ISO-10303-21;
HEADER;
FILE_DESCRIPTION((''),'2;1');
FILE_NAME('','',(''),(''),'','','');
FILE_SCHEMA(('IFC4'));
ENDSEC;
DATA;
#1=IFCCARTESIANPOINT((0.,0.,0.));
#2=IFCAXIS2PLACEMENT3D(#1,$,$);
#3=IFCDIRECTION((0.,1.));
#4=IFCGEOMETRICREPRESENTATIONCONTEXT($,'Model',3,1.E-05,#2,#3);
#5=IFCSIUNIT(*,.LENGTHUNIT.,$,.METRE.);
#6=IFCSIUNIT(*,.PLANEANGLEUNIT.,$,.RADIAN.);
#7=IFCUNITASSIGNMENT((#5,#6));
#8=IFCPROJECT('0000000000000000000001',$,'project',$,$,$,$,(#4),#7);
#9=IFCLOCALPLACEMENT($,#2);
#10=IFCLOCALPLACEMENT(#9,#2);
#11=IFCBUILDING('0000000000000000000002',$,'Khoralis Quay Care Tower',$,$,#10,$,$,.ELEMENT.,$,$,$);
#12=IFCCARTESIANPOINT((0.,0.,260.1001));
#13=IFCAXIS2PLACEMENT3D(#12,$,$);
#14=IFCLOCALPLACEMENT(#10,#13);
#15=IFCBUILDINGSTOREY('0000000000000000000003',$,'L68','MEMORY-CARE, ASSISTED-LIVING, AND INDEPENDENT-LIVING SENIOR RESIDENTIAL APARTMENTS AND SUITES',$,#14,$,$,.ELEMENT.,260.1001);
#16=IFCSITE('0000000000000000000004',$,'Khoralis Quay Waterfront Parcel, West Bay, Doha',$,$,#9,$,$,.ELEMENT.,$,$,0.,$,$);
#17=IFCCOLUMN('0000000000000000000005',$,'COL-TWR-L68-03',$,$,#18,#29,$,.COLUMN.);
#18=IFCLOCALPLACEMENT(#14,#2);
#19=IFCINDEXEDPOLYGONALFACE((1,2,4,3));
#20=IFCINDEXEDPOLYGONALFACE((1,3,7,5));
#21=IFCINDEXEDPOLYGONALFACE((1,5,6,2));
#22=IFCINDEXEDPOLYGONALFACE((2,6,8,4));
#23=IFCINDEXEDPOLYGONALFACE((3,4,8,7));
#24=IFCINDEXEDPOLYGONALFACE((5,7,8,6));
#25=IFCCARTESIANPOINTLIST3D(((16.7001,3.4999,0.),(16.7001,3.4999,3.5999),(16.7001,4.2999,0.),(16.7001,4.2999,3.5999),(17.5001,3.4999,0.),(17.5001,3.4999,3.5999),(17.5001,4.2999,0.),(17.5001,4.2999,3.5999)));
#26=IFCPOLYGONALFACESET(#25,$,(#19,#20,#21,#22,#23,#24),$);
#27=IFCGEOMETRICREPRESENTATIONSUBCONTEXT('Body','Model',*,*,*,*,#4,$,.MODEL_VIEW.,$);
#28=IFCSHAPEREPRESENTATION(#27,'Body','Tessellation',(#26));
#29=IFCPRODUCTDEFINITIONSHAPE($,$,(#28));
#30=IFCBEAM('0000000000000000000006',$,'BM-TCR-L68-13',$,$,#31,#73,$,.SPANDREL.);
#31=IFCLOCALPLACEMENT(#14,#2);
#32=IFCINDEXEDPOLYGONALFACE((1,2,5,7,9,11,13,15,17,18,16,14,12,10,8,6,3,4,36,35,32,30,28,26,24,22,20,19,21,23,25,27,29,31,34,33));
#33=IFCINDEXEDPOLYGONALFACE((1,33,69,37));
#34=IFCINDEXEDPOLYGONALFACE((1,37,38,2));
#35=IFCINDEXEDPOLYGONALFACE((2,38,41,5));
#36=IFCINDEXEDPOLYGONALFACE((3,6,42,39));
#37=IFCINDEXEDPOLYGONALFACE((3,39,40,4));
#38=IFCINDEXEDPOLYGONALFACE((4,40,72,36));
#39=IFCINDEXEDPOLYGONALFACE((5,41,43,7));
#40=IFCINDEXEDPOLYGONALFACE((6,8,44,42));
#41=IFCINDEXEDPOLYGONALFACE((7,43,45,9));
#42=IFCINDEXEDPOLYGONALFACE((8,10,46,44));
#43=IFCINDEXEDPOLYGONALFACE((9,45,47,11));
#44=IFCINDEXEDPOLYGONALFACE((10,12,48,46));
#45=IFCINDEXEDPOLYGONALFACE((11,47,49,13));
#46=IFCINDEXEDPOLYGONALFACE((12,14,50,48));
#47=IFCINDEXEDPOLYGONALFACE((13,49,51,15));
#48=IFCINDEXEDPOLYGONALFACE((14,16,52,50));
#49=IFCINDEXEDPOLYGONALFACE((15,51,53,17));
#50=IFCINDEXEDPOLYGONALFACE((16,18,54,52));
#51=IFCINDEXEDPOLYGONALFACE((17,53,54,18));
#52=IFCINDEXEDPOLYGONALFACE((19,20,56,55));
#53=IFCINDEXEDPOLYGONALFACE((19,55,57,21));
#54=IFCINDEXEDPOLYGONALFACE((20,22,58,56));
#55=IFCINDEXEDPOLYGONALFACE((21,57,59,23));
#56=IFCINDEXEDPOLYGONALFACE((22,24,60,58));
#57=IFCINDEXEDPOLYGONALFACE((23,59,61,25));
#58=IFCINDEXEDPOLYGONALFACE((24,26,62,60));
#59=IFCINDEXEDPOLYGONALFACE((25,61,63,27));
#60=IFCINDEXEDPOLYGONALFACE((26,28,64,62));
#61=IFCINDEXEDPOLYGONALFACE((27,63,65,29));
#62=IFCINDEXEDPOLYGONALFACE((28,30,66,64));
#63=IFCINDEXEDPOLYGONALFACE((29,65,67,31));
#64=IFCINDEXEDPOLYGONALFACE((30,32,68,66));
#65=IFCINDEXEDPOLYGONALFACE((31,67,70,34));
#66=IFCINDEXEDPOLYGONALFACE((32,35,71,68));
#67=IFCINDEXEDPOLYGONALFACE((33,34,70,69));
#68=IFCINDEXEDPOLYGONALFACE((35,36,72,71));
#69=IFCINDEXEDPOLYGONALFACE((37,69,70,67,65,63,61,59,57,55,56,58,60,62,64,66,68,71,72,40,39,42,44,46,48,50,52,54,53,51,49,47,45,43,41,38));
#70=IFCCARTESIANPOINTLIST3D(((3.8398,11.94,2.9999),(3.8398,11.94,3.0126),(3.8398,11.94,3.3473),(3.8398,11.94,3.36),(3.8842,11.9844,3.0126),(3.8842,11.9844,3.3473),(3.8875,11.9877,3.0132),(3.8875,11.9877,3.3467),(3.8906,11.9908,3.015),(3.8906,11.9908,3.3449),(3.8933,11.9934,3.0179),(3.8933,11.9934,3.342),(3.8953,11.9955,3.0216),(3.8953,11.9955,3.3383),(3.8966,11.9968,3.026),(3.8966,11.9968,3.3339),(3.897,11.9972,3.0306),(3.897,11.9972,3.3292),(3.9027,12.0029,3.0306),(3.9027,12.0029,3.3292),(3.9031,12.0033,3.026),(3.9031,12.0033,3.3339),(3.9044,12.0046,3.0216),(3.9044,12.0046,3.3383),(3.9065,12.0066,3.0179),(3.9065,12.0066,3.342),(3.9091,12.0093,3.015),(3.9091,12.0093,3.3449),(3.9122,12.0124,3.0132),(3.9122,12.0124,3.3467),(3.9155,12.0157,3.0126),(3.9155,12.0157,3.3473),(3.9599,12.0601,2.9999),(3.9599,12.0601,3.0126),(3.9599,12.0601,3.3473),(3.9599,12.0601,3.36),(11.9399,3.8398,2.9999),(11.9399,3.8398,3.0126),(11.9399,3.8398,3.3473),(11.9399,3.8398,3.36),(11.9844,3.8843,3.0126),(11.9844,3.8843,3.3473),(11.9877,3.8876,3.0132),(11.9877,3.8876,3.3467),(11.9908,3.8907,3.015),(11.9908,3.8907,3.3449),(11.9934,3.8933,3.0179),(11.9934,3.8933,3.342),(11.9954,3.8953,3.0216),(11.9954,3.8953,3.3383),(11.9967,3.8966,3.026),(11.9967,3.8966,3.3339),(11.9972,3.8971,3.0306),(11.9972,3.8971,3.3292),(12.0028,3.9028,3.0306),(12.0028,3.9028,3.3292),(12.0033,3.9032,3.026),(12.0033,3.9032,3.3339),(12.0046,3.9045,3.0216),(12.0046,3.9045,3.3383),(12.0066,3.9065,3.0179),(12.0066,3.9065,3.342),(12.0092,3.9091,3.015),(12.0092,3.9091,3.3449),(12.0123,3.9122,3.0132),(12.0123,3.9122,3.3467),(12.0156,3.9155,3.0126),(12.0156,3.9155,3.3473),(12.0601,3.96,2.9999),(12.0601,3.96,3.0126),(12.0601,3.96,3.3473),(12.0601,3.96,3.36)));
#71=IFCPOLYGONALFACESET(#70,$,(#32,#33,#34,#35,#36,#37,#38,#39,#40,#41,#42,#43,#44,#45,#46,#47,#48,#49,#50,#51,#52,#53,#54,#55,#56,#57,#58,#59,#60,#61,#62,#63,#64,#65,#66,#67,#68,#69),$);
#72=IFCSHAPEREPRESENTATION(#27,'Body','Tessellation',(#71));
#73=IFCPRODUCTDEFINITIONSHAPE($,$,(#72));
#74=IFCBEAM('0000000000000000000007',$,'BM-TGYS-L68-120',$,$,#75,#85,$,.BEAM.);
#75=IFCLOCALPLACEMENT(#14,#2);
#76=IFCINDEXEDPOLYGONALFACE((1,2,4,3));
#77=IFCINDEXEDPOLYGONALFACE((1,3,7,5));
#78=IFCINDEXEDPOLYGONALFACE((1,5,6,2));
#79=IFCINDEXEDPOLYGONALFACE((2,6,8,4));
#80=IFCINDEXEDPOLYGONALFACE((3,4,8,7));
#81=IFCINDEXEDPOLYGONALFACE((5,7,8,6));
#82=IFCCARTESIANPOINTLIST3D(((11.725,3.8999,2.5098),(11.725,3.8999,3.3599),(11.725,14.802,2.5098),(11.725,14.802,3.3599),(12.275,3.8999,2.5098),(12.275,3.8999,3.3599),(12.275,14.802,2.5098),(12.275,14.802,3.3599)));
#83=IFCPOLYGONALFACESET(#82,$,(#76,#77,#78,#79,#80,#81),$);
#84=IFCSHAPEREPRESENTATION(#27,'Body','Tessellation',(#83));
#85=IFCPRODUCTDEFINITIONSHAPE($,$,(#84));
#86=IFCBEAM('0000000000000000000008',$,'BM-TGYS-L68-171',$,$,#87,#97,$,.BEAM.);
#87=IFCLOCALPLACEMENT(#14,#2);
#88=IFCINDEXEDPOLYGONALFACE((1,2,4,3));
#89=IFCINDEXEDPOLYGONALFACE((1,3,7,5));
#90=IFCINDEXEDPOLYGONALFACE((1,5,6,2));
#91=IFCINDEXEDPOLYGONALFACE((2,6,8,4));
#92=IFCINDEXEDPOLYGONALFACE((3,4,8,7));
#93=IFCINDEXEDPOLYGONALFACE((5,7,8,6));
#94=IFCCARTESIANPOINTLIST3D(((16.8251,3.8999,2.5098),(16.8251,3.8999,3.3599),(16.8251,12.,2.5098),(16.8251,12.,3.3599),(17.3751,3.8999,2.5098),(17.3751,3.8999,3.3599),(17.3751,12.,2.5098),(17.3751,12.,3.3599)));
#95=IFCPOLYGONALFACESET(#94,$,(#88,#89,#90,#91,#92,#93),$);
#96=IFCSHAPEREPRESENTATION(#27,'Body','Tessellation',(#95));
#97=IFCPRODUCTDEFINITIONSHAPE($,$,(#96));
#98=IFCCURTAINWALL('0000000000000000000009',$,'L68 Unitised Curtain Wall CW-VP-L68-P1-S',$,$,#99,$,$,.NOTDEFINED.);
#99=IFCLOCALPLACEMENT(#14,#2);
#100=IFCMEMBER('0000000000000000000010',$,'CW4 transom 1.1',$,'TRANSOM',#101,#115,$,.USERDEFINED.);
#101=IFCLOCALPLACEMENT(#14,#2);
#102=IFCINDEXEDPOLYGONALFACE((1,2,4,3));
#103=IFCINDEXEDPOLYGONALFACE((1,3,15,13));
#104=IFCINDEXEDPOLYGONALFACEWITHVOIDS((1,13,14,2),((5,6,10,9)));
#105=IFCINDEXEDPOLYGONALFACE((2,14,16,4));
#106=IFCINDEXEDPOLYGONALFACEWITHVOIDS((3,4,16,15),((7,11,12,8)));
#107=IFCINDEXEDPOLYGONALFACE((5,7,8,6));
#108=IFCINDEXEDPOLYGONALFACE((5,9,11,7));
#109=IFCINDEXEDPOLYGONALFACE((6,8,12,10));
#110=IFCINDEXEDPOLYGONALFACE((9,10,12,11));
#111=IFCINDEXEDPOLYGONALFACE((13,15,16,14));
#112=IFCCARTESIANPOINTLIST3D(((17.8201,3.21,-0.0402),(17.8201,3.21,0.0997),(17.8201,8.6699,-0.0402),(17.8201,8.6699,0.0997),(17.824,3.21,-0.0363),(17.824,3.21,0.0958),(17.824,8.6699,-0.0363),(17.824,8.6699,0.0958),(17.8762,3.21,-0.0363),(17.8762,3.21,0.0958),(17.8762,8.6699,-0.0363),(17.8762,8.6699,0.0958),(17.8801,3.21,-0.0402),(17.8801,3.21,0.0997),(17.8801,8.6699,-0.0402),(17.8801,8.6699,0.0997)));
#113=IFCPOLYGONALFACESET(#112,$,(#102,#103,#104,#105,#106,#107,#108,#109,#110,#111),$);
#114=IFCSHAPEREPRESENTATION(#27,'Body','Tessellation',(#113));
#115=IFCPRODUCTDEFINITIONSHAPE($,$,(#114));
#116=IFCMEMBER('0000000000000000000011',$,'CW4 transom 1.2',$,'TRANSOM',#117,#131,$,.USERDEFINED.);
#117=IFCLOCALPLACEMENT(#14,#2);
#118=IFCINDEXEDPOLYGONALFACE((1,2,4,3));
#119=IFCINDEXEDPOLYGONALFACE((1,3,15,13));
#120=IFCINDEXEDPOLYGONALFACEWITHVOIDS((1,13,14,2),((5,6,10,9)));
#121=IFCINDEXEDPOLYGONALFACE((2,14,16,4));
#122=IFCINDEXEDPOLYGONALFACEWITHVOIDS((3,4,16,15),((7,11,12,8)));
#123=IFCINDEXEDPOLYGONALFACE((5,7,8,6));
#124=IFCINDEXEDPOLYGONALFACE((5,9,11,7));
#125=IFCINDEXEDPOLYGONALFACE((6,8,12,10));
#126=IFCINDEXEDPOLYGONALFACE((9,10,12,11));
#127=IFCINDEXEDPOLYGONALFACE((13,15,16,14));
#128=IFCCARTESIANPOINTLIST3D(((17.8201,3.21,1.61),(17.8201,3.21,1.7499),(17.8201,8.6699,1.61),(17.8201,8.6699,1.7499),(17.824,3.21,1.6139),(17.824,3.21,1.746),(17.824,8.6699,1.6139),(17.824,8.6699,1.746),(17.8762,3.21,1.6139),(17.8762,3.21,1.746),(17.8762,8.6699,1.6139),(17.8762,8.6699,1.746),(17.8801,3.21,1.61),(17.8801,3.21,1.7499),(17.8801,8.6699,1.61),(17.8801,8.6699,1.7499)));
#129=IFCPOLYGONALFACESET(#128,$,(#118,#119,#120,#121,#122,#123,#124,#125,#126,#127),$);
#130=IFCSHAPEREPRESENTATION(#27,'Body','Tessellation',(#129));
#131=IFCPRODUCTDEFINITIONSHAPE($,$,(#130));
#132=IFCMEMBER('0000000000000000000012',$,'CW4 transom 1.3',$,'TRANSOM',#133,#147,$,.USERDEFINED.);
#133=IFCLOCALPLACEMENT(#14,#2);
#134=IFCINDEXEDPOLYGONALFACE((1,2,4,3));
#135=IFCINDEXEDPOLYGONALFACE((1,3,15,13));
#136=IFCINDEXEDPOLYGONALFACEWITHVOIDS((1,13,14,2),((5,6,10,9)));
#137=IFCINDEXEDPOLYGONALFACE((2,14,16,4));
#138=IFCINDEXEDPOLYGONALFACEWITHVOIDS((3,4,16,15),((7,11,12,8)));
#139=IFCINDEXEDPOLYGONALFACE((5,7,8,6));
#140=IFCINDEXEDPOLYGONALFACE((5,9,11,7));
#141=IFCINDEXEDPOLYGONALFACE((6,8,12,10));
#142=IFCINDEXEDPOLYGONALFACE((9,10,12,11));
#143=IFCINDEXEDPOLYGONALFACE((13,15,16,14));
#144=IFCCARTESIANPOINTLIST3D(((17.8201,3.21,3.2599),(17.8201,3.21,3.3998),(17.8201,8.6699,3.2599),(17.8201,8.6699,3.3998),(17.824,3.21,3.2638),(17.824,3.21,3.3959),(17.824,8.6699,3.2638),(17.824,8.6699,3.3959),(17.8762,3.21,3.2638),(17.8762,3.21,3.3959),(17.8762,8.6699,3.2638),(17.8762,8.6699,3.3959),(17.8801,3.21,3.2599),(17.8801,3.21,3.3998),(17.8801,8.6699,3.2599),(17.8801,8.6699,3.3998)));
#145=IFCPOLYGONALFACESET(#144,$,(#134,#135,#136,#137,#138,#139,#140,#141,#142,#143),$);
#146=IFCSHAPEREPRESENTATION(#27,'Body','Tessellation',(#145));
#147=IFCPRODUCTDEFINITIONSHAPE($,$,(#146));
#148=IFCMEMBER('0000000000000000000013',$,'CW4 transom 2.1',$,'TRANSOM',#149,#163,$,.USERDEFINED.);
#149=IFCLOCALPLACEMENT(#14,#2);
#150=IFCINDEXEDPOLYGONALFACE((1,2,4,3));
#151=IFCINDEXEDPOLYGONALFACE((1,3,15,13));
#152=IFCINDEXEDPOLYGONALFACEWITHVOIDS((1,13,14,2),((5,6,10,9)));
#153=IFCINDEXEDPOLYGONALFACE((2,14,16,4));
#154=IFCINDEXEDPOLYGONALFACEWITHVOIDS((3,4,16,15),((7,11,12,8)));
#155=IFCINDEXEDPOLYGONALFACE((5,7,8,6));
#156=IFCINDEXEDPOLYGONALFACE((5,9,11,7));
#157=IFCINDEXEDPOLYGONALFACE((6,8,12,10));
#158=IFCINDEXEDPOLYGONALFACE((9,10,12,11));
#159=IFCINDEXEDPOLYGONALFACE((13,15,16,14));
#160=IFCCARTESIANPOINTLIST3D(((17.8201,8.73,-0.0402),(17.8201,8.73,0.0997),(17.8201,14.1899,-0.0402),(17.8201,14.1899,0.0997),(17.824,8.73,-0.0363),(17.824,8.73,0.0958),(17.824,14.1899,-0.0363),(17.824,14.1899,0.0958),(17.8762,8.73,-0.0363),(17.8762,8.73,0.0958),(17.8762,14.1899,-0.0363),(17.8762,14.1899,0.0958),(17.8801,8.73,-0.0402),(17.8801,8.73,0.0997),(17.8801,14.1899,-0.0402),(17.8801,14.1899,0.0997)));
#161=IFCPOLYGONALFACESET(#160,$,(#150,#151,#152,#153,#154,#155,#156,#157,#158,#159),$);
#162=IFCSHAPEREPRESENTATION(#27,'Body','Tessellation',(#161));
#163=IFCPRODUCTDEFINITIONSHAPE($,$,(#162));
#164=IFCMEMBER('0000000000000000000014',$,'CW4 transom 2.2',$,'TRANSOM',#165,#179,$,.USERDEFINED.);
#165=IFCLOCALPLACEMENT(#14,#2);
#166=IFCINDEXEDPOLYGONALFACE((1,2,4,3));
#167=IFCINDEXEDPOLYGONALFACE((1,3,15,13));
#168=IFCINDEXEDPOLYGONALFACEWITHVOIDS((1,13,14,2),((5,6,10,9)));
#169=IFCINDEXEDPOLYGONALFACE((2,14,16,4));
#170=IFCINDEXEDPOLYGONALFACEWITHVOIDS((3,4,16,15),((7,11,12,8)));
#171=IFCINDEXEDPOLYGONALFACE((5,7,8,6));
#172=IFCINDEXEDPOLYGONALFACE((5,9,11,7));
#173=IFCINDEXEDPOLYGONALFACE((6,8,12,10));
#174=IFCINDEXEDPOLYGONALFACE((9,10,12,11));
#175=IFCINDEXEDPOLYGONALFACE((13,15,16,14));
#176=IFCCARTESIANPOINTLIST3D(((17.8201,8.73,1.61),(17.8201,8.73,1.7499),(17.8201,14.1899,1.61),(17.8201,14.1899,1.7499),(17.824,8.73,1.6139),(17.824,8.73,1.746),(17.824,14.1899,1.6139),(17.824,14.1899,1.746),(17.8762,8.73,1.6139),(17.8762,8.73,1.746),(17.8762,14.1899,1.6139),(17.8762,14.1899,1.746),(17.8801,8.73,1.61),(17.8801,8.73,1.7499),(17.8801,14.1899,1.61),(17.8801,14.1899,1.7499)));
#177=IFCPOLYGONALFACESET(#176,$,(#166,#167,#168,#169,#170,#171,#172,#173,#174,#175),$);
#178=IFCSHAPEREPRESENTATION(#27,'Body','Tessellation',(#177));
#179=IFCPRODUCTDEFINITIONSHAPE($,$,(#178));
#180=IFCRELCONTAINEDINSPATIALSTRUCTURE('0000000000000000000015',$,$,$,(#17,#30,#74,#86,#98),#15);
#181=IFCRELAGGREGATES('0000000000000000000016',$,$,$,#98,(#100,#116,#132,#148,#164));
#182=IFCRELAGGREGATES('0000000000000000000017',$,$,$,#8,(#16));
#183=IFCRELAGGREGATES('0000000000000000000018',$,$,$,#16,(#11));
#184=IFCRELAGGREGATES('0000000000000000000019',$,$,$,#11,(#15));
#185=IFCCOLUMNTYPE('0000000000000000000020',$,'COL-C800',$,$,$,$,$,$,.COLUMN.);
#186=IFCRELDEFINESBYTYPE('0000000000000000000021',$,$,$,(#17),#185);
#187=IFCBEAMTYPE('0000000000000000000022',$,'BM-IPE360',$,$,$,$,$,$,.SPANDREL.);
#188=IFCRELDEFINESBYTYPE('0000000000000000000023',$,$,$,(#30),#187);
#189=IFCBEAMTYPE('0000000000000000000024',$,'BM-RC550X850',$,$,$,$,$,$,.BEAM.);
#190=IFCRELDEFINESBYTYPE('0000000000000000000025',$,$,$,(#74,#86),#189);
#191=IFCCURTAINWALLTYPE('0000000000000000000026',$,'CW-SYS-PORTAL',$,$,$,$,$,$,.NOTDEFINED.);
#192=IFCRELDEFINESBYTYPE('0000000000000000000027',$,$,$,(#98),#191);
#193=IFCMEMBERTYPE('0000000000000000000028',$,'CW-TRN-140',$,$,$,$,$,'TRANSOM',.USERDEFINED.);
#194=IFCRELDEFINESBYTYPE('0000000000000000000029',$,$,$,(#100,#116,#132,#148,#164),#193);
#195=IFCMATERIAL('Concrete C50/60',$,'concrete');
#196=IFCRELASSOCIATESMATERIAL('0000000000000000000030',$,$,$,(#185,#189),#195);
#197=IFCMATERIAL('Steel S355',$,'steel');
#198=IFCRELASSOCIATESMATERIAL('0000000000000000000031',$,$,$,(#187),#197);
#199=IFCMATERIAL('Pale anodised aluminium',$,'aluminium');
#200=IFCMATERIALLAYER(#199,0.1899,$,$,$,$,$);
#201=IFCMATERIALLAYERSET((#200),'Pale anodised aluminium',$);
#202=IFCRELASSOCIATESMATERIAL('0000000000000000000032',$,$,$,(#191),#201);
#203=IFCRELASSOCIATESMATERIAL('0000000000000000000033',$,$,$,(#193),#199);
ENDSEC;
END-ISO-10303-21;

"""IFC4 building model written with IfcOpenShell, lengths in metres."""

from ifc_helpers import new_model, si_unit, direction, frame, origin, origin_2d, place, context, subcontext, project, spatial, rectangle, hollow_rectangle, i_section, extrude, source, transform, mapped, material, layer, layer_set, material_profile, profile_set, type_object, element, aggregate, save


model = new_model("IFC4")

# Units and contexts
model_context = context("Model", 3, precision=1e-05, world=origin(), true_north=direction((0.0, 1.0)))
body_context = subcontext(model_context, "Body", "Model", "MODEL_VIEW")
ifc_project = project(units=[si_unit("LENGTHUNIT", "METRE"), si_unit("PLANEANGLEUNIT", "RADIAN")], contexts=[model_context])

# Site, building, storey
site_placement = place(None, origin())
site = spatial("IfcSite", under=ifc_project, at=site_placement, Name="Khoralis Quay Waterfront Parcel, West Bay, Doha", CompositionType="ELEMENT", RefElevation=0.0)
building_placement = place(site_placement, origin())
building = spatial("IfcBuilding", under=site, at=building_placement, Name="Khoralis Quay Care Tower", CompositionType="ELEMENT")
storey_placement = place(building_placement, frame((0.0, 0.0, 260.1001)))
storey = spatial("IfcBuildingStorey", under=building, at=storey_placement, Name="L68", Description="MEMORY-CARE, ASSISTED-LIVING, AND INDEPENDENT-LIVING SENIOR RESIDENTIAL APARTMENTS AND SUITES", CompositionType="ELEMENT", Elevation=260.1001)

# Column
ifc_material_1 = material(Name="Concrete C50/60", Category="concrete")
ifc_material_profile_1 = material_profile(ifc_material_1, rectangle(XDim=0.8, YDim=0.8, at=origin_2d()), Name="Concrete C50/60")
ifc_profile_set_1 = profile_set([ifc_material_profile_1], Name="Concrete C50/60")
column_type = type_object("IfcColumnType", Name="COL-C800", PredefinedType="COLUMN", material=ifc_profile_set_1)
shared_shape_1 = source(origin(), body_context, "Body", "SweptSolid", [
    extrude(rectangle(XDim=0.8, YDim=0.8, at=origin_2d()), origin(), (0.0, 0.0, 1.0), 3.5999),
])
column_placement = place(storey_placement, frame((17.1001, 3.8999, 0.0), z_axis=(0.0, 0.0, 1.0), x_axis=(1.0, 0.0, 0.0)))
element("IfcColumn", 1, at=column_placement, inside=storey, type_object=column_type, Name="COL-TWR-L68-03", PredefinedType="COLUMN", context=body_context, shape_type="MappedRepresentation", body=[
    mapped(shared_shape_1, transform((0.0, 0.0, 0.0), scale=1.0)),
])

# Beams
ifc_material_2 = material(Name="Steel S355", Category="steel")
ifc_material_profile_2 = material_profile(ifc_material_2, i_section(OverallWidth=0.1699, OverallDepth=0.3601, WebThickness=0.0081, FlangeThickness=0.0127, FilletRadius=0.0181, at=origin_2d()), Name="Steel S355")
ifc_profile_set_2 = profile_set([ifc_material_profile_2], Name="Steel S355")
beam_type_1 = type_object("IfcBeamType", Name="BM-IPE360", PredefinedType="SPANDREL", material=ifc_profile_set_2)
shared_shape_2 = source(origin(), body_context, "Body", "SweptSolid", [
    extrude(i_section(OverallWidth=0.1699, OverallDepth=0.3601, WebThickness=0.0081, FlangeThickness=0.0127, FilletRadius=0.0181, at=origin_2d()), origin(), (0.0, 0.0, 1.0), 11.4553),
])
beam_1_placement = place(storey_placement, frame((12.0, 3.8999, 3.1799), z_axis=(-0.707107, 0.707107, 0.0), x_axis=(-0.707107, -0.707107, 0.0)))
element("IfcBeam", 2, at=beam_1_placement, inside=storey, type_object=beam_type_1, Name="BM-TCR-L68-13", PredefinedType="SPANDREL", context=body_context, shape_type="MappedRepresentation", body=[
    mapped(shared_shape_2, transform((0.0, 0.0, 0.0), scale=1.0)),
])
ifc_material_profile_3 = material_profile(ifc_material_1, rectangle(XDim=0.55, YDim=0.8501, at=origin_2d()), Name="Concrete C50/60")
ifc_profile_set_3 = profile_set([ifc_material_profile_3], Name="Concrete C50/60")
beam_type_2 = type_object("IfcBeamType", Name="BM-RC550X850", PredefinedType="BEAM", material=ifc_profile_set_3)
shared_shape_3 = source(origin(), body_context, "Body", "SweptSolid", [
    extrude(rectangle(XDim=0.55, YDim=0.8501, at=origin_2d()), origin(), (0.0, 0.0, 1.0), 10.9021),
])
beam_2_placement = place(storey_placement, frame((12.0, 3.8999, 2.9348), z_axis=(0.0, 1.0, 0.0), x_axis=(-1.0, 0.0, 0.0)))
element("IfcBeam", 3, at=beam_2_placement, inside=storey, type_object=beam_type_2, Name="BM-TGYS-L68-120", PredefinedType="BEAM", context=body_context, shape_type="MappedRepresentation", body=[
    mapped(shared_shape_3, transform((0.0, 0.0, 0.0), scale=1.0)),
])
shared_shape_4 = source(origin(), body_context, "Body", "SweptSolid", [
    extrude(rectangle(XDim=0.55, YDim=0.8501, at=origin_2d()), origin(), (0.0, 0.0, 1.0), 8.1001),
])
beam_3_placement = place(storey_placement, frame((17.1001, 3.8999, 2.9348), z_axis=(0.0, 1.0, 0.0), x_axis=(-1.0, 0.0, 0.0)))
element("IfcBeam", 4, at=beam_3_placement, inside=storey, type_object=beam_type_2, Name="BM-TGYS-L68-171", PredefinedType="BEAM", context=body_context, shape_type="MappedRepresentation", body=[
    mapped(shared_shape_4, transform((0.0, 0.0, 0.0), scale=1.0)),
])

# Curtain wall, members
ifc_material_3 = material(Name="Pale anodised aluminium", Category="aluminium")
ifc_layer_1 = layer(ifc_material_3, 0.1899)
ifc_layer_set_1 = layer_set([ifc_layer_1], Name="Pale anodised aluminium")
curtain_wall_type = type_object("IfcCurtainWallType", Name="CW-SYS-PORTAL", PredefinedType="NOTDEFINED", material=ifc_layer_set_1)
curtain_wall_placement = place(storey_placement, origin())
curtain_wall = element("IfcCurtainWall", 5, at=curtain_wall_placement, inside=storey, type_object=curtain_wall_type, Name="L68 Unitised Curtain Wall CW-VP-L68-P1-S", PredefinedType="NOTDEFINED")
ifc_material_profile_4 = material_profile(ifc_material_3, hollow_rectangle(XDim=0.0601, YDim=0.1399, WallThickness=0.0039, at=origin_2d()), Name="Pale anodised aluminium")
ifc_profile_set_4 = profile_set([ifc_material_profile_4], Name="Pale anodised aluminium")
member_type_1 = type_object("IfcMemberType", Name="CW-TRN-140", ElementType="TRANSOM", PredefinedType="USERDEFINED", material=ifc_profile_set_4)
shared_shape_5 = source(origin(), body_context, "Body", "SweptSolid", [
    extrude(hollow_rectangle(XDim=0.0601, YDim=0.1399, WallThickness=0.0039, at=origin_2d()), origin(), (0.0, 0.0, 1.0), 5.46),
])
member_1_placement = place(storey_placement, frame((17.8501, 3.21, 0.0298), z_axis=(0.0, 1.0, 0.0), x_axis=(-1.0, 0.0, 0.0)))
member_1 = element("IfcMember", 6, at=member_1_placement, type_object=member_type_1, Name="CW4 transom 1.1", ObjectType="TRANSOM", PredefinedType="USERDEFINED", context=body_context, shape_type="MappedRepresentation", body=[
    mapped(shared_shape_5, transform((0.0, 0.0, 0.0), scale=1.0)),
])
member_2_placement = place(storey_placement, frame((17.8501, 3.21, 1.6799), z_axis=(0.0, 1.0, 0.0), x_axis=(-1.0, 0.0, 0.0)))
member_2 = element("IfcMember", 7, at=member_2_placement, type_object=member_type_1, Name="CW4 transom 1.2", ObjectType="TRANSOM", PredefinedType="USERDEFINED", context=body_context, shape_type="MappedRepresentation", body=[
    mapped(shared_shape_5, transform((0.0, 0.0, 0.0), scale=1.0)),
])
member_3_placement = place(storey_placement, frame((17.8501, 3.21, 3.3298), z_axis=(0.0, 1.0, 0.0), x_axis=(-1.0, 0.0, 0.0)))
member_3 = element("IfcMember", 8, at=member_3_placement, type_object=member_type_1, Name="CW4 transom 1.3", ObjectType="TRANSOM", PredefinedType="USERDEFINED", context=body_context, shape_type="MappedRepresentation", body=[
    mapped(shared_shape_5, transform((0.0, 0.0, 0.0), scale=1.0)),
])
member_4_placement = place(storey_placement, frame((17.8501, 8.73, 0.0298), z_axis=(0.0, 1.0, 0.0), x_axis=(-1.0, 0.0, 0.0)))
member_4 = element("IfcMember", 9, at=member_4_placement, type_object=member_type_1, Name="CW4 transom 2.1", ObjectType="TRANSOM", PredefinedType="USERDEFINED", context=body_context, shape_type="MappedRepresentation", body=[
    mapped(shared_shape_5, transform((0.0, 0.0, 0.0), scale=1.0)),
])
member_5_placement = place(storey_placement, frame((17.8501, 8.73, 1.6799), z_axis=(0.0, 1.0, 0.0), x_axis=(-1.0, 0.0, 0.0)))
member_5 = element("IfcMember", 10, at=member_5_placement, type_object=member_type_1, Name="CW4 transom 2.2", ObjectType="TRANSOM", PredefinedType="USERDEFINED", context=body_context, shape_type="MappedRepresentation", body=[
    mapped(shared_shape_5, transform((0.0, 0.0, 0.0), scale=1.0)),
])
aggregate(curtain_wall, [member_1, member_2, member_3, member_4, member_5])

save(model, "model.ifc")
